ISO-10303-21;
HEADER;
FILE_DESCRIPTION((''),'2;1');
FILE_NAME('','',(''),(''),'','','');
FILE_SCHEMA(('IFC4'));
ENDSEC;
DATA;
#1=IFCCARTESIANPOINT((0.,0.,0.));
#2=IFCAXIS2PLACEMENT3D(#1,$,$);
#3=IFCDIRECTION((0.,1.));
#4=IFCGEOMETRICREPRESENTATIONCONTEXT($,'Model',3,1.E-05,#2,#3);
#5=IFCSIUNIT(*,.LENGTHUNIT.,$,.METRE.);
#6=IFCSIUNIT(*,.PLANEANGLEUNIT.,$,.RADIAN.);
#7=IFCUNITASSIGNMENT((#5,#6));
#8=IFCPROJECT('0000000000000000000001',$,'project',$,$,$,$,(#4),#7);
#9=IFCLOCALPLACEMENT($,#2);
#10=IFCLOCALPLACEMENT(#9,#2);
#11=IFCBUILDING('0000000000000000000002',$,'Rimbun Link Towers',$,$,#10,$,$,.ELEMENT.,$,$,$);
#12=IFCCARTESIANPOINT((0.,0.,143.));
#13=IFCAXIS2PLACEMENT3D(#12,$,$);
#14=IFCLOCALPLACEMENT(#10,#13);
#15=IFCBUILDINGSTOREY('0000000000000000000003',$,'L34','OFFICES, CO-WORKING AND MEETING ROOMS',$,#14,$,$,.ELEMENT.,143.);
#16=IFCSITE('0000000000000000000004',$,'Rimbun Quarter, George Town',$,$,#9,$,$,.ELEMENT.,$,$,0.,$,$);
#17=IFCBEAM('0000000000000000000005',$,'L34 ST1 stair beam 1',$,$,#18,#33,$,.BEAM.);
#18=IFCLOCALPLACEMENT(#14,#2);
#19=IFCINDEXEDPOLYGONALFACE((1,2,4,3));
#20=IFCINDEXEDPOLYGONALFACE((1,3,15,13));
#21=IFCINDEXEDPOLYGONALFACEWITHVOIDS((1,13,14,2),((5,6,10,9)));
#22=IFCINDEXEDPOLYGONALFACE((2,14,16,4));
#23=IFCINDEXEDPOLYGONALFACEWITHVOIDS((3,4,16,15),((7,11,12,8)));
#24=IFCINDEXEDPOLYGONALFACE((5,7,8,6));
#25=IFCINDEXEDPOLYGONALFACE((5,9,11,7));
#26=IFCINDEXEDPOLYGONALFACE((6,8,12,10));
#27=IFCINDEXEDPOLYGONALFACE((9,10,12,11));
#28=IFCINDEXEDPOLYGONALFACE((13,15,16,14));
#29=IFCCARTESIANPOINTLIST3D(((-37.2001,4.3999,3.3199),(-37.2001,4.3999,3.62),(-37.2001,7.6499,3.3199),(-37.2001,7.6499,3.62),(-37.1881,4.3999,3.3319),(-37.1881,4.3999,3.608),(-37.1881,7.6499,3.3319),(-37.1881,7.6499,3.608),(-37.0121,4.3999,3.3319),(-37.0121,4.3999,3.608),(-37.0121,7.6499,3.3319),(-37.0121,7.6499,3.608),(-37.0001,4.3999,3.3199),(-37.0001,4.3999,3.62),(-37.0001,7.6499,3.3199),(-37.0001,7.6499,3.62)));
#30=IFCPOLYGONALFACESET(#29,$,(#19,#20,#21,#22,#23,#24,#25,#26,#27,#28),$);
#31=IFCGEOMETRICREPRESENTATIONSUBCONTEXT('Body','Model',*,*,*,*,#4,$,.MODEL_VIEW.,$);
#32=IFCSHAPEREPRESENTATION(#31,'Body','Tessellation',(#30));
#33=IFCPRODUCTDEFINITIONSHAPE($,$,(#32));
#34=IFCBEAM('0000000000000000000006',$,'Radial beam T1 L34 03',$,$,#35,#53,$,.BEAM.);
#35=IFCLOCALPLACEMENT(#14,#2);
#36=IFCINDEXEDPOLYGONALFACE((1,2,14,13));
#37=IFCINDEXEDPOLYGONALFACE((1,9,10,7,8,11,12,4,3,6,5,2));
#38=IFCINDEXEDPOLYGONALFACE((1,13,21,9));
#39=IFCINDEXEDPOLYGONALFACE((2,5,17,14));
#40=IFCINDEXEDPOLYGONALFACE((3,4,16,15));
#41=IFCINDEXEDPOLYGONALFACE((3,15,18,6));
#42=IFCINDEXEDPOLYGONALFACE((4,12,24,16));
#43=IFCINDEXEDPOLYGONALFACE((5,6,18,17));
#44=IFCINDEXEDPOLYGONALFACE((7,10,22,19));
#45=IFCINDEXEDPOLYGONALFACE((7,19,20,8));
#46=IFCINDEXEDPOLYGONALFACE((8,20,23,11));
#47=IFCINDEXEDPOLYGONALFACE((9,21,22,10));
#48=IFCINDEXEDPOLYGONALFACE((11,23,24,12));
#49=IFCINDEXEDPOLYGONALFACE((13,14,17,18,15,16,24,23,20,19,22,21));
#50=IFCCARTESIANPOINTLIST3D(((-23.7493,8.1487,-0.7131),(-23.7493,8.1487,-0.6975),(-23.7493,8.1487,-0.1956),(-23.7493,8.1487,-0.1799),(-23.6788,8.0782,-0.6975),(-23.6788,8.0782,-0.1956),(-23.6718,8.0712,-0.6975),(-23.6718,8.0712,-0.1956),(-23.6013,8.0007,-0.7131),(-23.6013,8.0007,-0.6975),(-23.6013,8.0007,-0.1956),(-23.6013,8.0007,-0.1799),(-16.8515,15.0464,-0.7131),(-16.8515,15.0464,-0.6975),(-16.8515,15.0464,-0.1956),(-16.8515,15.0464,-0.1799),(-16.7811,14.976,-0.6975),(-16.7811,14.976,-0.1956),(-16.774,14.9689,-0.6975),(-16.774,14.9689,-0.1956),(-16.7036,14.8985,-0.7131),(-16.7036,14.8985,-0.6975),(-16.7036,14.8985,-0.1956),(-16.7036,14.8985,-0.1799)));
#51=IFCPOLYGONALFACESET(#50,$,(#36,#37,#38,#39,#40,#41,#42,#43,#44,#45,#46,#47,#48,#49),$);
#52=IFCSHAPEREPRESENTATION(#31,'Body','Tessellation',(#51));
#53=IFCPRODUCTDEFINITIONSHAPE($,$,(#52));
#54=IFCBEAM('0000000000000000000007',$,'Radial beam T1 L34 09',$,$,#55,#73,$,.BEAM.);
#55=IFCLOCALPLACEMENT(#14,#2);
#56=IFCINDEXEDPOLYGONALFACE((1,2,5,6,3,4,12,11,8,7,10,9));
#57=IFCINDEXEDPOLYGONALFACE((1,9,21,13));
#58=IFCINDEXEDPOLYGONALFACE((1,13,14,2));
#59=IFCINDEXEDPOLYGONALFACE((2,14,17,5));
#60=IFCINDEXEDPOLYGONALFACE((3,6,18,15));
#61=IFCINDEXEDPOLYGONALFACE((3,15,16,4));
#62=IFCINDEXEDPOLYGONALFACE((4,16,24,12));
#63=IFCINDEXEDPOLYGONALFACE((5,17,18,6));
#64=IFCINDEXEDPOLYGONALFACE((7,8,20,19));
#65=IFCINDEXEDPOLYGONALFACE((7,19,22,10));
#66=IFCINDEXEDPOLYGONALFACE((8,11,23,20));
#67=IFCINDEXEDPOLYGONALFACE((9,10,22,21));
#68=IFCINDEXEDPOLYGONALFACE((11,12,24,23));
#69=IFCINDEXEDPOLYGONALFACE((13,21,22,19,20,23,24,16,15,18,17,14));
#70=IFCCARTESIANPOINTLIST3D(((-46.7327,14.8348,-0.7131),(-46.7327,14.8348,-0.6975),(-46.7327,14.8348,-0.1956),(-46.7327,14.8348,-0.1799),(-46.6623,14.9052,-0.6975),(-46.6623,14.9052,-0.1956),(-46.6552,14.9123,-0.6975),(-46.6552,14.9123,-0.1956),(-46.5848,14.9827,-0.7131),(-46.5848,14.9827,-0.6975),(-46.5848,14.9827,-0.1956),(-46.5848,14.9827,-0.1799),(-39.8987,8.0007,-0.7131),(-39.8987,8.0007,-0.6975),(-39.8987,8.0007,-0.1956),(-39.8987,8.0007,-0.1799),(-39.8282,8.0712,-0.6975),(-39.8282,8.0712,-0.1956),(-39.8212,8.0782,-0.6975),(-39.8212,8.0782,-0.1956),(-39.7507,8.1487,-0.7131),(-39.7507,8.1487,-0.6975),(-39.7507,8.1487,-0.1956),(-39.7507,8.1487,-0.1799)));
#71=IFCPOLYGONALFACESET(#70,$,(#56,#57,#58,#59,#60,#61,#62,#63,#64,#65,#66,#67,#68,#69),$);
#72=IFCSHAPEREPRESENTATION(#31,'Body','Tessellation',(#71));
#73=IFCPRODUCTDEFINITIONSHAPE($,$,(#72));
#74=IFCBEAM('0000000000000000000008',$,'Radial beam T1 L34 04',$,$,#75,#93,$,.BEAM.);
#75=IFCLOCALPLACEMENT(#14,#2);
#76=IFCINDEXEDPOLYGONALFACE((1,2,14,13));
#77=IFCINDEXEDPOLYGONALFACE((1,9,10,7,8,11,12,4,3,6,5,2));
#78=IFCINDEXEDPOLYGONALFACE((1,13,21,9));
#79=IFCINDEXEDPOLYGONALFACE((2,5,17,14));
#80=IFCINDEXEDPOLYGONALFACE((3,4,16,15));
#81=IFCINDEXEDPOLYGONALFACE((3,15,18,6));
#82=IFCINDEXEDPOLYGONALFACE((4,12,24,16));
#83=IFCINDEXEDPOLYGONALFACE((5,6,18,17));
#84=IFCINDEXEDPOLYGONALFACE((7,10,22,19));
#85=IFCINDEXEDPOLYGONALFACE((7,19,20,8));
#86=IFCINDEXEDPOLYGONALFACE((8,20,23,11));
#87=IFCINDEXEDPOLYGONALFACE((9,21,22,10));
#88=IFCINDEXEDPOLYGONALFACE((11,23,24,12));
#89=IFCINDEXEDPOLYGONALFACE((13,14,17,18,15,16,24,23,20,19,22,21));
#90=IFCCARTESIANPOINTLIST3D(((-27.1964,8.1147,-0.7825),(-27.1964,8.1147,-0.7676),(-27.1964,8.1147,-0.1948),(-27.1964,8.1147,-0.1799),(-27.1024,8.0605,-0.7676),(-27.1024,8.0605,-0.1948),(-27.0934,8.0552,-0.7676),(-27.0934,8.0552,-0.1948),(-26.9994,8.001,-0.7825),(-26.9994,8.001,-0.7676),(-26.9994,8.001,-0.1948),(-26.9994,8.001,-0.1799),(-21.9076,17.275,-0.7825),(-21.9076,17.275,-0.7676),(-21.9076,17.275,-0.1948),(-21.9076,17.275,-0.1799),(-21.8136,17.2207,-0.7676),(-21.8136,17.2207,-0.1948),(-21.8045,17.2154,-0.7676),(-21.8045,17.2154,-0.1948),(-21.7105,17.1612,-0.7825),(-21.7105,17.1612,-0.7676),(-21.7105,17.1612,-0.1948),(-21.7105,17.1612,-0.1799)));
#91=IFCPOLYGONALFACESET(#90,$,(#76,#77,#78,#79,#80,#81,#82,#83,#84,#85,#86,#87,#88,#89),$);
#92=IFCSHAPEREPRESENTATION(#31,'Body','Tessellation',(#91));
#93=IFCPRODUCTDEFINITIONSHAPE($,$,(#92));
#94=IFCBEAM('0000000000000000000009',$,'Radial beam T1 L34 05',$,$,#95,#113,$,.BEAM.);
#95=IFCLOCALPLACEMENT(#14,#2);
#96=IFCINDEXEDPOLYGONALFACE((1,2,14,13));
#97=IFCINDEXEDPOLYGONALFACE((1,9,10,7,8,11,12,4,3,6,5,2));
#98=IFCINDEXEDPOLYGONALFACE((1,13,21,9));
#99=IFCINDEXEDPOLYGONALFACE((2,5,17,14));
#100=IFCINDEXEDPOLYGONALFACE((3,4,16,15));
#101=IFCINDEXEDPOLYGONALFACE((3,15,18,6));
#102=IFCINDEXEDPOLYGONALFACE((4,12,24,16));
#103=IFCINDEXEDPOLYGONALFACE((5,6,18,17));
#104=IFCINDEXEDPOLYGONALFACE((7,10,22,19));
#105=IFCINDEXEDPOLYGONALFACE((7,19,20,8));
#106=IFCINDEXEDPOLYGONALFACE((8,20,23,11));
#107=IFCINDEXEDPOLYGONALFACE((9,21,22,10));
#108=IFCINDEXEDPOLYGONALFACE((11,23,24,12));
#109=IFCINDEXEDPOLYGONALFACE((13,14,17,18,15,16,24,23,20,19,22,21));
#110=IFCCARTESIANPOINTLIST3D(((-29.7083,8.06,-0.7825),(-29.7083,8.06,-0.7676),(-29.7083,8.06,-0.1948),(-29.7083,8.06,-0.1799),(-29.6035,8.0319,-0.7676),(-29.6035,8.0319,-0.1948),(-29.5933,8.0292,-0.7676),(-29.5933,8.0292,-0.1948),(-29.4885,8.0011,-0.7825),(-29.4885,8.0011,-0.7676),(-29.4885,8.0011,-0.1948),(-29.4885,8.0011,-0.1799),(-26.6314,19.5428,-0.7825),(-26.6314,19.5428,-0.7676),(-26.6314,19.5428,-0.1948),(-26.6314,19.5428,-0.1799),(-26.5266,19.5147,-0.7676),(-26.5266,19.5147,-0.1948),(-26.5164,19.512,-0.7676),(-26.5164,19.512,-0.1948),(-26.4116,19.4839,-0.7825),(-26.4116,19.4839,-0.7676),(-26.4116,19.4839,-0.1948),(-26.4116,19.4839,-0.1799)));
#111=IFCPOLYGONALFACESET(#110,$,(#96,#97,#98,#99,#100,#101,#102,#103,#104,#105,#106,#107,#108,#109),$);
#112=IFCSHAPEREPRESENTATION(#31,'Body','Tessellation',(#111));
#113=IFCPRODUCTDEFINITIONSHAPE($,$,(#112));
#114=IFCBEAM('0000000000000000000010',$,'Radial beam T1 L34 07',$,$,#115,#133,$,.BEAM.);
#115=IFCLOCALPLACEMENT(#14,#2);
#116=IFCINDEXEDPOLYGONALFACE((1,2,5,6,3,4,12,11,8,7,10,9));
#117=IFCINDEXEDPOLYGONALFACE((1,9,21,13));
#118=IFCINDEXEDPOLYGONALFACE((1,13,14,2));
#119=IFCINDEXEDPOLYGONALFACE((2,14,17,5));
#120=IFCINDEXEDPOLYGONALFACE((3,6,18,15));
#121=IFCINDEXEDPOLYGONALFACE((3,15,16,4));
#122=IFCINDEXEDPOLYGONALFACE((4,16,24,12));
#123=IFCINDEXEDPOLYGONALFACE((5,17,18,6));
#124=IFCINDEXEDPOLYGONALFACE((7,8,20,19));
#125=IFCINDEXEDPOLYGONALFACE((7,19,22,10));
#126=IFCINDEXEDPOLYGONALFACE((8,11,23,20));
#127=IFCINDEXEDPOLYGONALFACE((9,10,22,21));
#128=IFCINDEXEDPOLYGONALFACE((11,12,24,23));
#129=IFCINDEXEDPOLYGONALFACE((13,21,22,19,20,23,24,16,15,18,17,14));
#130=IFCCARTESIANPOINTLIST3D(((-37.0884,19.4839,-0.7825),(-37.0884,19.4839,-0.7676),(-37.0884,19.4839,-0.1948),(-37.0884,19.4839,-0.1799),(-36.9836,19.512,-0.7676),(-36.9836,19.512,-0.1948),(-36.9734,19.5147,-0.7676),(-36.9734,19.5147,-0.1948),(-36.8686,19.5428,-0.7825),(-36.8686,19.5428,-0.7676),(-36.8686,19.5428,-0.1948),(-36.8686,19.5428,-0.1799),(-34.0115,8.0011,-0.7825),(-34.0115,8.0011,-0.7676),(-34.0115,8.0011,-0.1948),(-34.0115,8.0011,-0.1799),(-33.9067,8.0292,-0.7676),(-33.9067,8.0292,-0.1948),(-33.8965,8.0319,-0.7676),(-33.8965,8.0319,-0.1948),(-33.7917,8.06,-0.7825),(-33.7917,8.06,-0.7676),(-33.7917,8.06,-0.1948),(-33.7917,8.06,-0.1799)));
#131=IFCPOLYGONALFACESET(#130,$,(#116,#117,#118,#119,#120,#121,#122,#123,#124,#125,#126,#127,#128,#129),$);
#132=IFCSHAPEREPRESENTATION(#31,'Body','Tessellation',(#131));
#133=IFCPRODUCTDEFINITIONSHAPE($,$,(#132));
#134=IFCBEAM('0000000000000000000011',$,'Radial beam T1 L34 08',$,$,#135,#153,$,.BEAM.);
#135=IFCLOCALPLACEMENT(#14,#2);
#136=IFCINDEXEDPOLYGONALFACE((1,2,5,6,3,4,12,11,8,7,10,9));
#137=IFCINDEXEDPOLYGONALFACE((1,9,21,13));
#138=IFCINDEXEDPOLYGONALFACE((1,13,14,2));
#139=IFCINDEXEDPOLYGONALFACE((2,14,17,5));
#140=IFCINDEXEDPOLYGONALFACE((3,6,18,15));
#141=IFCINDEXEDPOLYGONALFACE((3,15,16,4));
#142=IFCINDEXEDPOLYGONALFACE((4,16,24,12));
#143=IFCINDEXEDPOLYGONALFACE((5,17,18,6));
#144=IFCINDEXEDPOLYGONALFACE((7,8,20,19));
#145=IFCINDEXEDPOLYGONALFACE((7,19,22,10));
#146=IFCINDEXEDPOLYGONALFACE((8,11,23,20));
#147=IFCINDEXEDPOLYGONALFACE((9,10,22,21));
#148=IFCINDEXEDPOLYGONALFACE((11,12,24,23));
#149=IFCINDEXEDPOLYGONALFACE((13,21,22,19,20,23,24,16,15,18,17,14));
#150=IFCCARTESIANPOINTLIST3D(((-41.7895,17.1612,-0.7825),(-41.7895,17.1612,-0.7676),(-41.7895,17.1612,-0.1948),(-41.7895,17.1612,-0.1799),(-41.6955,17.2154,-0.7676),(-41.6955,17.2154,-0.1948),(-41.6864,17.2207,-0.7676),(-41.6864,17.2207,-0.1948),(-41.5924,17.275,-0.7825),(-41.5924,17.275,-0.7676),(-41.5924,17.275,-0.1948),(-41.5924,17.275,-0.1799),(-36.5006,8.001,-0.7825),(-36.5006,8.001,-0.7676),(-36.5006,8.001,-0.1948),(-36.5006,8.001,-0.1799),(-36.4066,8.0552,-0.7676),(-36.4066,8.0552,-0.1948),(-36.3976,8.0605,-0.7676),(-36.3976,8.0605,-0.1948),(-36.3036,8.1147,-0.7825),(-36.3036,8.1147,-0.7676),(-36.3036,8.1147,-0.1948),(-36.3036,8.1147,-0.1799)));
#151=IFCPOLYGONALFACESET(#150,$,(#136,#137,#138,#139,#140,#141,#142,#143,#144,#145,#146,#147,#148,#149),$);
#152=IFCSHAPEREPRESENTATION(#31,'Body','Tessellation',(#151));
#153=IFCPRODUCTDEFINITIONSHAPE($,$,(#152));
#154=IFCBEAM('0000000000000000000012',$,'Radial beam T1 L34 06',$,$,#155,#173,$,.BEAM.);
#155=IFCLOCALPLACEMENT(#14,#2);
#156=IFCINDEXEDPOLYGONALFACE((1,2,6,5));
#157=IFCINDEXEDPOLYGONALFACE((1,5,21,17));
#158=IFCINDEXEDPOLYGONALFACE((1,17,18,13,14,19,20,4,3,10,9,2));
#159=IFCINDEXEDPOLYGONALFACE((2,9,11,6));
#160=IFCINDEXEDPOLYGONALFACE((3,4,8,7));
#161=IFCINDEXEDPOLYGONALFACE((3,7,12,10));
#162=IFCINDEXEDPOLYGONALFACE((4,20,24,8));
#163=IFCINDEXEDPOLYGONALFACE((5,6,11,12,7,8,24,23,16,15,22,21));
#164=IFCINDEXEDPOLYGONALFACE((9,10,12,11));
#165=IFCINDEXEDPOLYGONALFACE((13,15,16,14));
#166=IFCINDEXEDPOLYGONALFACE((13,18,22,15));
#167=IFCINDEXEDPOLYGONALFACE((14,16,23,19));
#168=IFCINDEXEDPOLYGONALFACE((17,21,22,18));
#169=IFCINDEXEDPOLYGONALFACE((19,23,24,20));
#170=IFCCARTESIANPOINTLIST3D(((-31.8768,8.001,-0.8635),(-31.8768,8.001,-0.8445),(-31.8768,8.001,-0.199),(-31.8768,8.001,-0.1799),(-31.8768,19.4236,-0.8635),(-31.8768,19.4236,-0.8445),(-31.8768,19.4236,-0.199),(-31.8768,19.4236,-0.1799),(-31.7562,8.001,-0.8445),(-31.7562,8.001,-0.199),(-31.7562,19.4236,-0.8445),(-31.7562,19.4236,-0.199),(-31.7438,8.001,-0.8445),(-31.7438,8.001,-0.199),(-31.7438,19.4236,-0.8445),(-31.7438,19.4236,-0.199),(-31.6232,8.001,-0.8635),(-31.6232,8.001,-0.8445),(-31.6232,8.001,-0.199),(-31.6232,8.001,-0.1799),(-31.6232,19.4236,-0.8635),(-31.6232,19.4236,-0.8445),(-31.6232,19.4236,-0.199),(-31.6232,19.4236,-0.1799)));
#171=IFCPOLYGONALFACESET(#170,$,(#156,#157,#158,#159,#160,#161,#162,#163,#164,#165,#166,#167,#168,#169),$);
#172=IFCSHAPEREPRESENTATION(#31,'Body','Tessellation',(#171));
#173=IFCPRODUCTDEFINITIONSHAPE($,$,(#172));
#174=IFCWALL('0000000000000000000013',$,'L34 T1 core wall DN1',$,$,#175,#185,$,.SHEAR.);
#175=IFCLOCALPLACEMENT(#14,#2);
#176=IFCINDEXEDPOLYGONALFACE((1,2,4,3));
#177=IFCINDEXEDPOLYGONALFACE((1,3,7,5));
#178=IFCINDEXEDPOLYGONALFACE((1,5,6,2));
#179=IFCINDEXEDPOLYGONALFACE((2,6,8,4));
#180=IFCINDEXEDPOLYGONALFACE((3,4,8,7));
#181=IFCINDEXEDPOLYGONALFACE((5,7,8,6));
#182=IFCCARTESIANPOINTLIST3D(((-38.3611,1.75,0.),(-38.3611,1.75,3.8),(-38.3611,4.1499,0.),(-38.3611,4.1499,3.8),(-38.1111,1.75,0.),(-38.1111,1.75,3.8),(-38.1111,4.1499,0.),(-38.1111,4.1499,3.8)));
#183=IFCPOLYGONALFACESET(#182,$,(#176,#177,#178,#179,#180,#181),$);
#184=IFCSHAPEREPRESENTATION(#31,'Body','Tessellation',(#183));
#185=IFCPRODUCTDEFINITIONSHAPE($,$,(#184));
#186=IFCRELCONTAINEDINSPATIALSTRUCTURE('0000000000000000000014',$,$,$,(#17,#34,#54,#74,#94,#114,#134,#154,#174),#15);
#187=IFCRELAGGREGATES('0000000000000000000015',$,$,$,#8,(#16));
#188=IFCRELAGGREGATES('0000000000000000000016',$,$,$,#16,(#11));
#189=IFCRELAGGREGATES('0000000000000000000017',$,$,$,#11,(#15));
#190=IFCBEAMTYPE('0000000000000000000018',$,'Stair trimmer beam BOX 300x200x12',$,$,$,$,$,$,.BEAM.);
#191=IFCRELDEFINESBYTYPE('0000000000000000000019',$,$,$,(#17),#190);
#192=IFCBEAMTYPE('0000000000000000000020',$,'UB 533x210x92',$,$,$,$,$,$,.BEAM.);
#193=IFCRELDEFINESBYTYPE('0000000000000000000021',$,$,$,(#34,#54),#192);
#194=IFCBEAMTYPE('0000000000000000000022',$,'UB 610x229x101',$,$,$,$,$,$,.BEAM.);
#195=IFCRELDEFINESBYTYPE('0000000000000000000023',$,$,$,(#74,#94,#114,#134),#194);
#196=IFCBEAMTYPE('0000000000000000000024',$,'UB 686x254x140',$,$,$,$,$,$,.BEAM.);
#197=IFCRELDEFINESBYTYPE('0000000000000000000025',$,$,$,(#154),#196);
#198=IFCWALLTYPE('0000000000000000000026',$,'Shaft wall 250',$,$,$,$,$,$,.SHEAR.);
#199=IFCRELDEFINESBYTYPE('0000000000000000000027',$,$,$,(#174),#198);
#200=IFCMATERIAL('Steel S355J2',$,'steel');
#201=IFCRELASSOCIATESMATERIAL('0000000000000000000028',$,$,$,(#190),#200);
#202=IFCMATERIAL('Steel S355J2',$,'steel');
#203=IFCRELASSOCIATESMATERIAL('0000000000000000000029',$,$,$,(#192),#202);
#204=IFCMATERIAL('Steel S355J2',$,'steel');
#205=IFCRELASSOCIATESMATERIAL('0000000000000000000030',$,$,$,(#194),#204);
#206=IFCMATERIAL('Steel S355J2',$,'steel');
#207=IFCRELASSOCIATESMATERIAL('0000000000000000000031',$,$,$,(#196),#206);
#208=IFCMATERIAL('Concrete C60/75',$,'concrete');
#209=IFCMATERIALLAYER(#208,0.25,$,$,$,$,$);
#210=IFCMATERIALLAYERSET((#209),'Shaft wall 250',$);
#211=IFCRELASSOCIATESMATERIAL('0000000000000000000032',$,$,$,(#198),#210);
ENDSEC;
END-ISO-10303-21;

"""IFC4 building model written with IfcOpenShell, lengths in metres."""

from ifc_helpers import new_model, si_unit, direction, frame, frame_2d, origin, origin_2d, place, context, subcontext, project, spatial, rectangle, hollow_rectangle, i_section, extrude, material, layer, layer_set, material_profile, profile_set, type_object, element, save


model = new_model("IFC4")

# Units and contexts
model_context = context("Model", 3, precision=1e-05, world=origin(), true_north=direction((0.0, 1.0)))
body_context = subcontext(model_context, "Body", "Model", "MODEL_VIEW")
ifc_project = project(units=[si_unit("LENGTHUNIT", "METRE"), si_unit("PLANEANGLEUNIT", "RADIAN")], contexts=[model_context])

# Site, building, storey
site_placement = place(None, origin())
site = spatial("IfcSite", under=ifc_project, at=site_placement, Name="Rimbun Quarter, George Town", CompositionType="ELEMENT", RefElevation=0.0)
building_placement = place(site_placement, origin())
building = spatial("IfcBuilding", under=site, at=building_placement, Name="Rimbun Link Towers", CompositionType="ELEMENT")
storey_placement = place(building_placement, frame((0.0, 0.0, 143.0)))
storey = spatial("IfcBuildingStorey", under=building, at=storey_placement, Name="L34", Description="OFFICES, CO-WORKING AND MEETING ROOMS", CompositionType="ELEMENT", Elevation=143.0)

# Beams
ifc_material_1 = material(Name="Steel S355J2", Category="steel")
ifc_material_profile_1 = material_profile(ifc_material_1, hollow_rectangle(XDim=0.2, YDim=0.3, WallThickness=0.012, at=origin_2d()), Name="BOX 300x200x12")
ifc_profile_set_1 = profile_set([ifc_material_profile_1], Name="Steel S355J2")
beam_type_1 = type_object("IfcBeamType", Name="Stair trimmer beam BOX 300x200x12", PredefinedType="BEAM", material=ifc_profile_set_1)
beam_1_placement = place(storey_placement, frame((-37.1001, 7.6499, 3.47), z_axis=(0.0, -1.0, 0.0), x_axis=(1.0, 0.0, 0.0)))
element("IfcBeam", 1, at=beam_1_placement, inside=storey, type_object=beam_type_1, Name="L34 ST1 stair beam 1", PredefinedType="BEAM", context=body_context, shape_type="SweptSolid", body=[
    extrude(hollow_rectangle(XDim=0.2, YDim=0.3, WallThickness=0.012, at=origin_2d()), origin(), (0.0, 0.0, 1.0), 3.25),
])
ifc_material_2 = material(Name="Steel S355J2", Category="steel")
ifc_material_profile_2 = material_profile(ifc_material_2, i_section(OverallWidth=0.2092, OverallDepth=0.5332, WebThickness=0.01, FlangeThickness=0.0156, at=origin_2d()), Name="UB 533x210x92")
ifc_profile_set_2 = profile_set([ifc_material_profile_2], Name="Steel S355J2")
beam_type_2 = type_object("IfcBeamType", Name="UB 533x210x92", PredefinedType="BEAM", material=ifc_profile_set_2)
beam_2_placement = place(storey_placement, frame((-23.6753, 8.0747, -0.4465), z_axis=(0.707107, 0.707107, 0.0), x_axis=(-0.707107, 0.707107, 0.0)))
element("IfcBeam", 2, at=beam_2_placement, inside=storey, type_object=beam_type_2, Name="Radial beam T1 L34 03", PredefinedType="BEAM", context=body_context, shape_type="SweptSolid", body=[
    extrude(i_section(OverallWidth=0.2092, OverallDepth=0.5332, WebThickness=0.01, FlangeThickness=0.0156, at=origin_2d()), origin(), (0.0, 0.0, 1.0), 9.7549),
])
beam_3_placement = place(storey_placement, frame((-39.8247, 8.0747, -0.4465), z_axis=(-0.707107, 0.707107, 0.0), x_axis=(-0.707107, -0.707107, 0.0)))
element("IfcBeam", 3, at=beam_3_placement, inside=storey, type_object=beam_type_2, Name="Radial beam T1 L34 09", PredefinedType="BEAM", context=body_context, shape_type="SweptSolid", body=[
    extrude(i_section(OverallWidth=0.2092, OverallDepth=0.5332, WebThickness=0.01, FlangeThickness=0.0156, at=origin_2d()), origin(), (0.0, 0.0, 1.0), 9.6648),
])
ifc_material_3 = material(Name="Steel S355J2", Category="steel")
ifc_material_profile_3 = material_profile(ifc_material_3, i_section(OverallWidth=0.2275, OverallDepth=0.6025, WebThickness=0.0105, FlangeThickness=0.0149, at=origin_2d()), Name="UB 610x229x101")
ifc_profile_set_3 = profile_set([ifc_material_profile_3], Name="Steel S355J2")
beam_type_3 = type_object("IfcBeamType", Name="UB 610x229x101", PredefinedType="BEAM", material=ifc_profile_set_3)
beam_4_placement = place(storey_placement, frame((-27.0979, 8.0579, -0.4812), z_axis=(0.500014, 0.866017, 0.0), x_axis=(-0.866017, 0.500014, 0.0)))
element("IfcBeam", 4, at=beam_4_placement, inside=storey, type_object=beam_type_3, Name="Radial beam T1 L34 04", PredefinedType="BEAM", context=body_context, shape_type="SweptSolid", body=[
    extrude(i_section(OverallWidth=0.2275, OverallDepth=0.6025, WebThickness=0.0105, FlangeThickness=0.0149, at=origin_2d()), origin(), (0.0, 0.0, 1.0), 10.5774),
])
for number, where, z_axis, x_axis, name in (
    (5, (-29.5984, 8.0305, -0.4812), (0.258824, 0.965924, 0.0), (-0.965924, 0.258824, 0.0), "Radial beam T1 L34 05"),
    (6, (-33.9016, 8.0305, -0.4812), (-0.258824, 0.965924, 0.0), (-0.965924, -0.258824, 0.0), "Radial beam T1 L34 07"),
):
    element("IfcBeam", number, at=place(storey_placement, frame(where, z_axis=z_axis, x_axis=x_axis)), inside=storey, type_object=beam_type_3, Name=name, PredefinedType="BEAM", context=body_context, shape_type="SweptSolid", body=[
        extrude(i_section(OverallWidth=0.2275, OverallDepth=0.6025, WebThickness=0.0105, FlangeThickness=0.0149, at=origin_2d()), origin(), (0.0, 0.0, 1.0), 11.8879),
    ])
beam_5_placement = place(storey_placement, frame((-36.4021, 8.0579, -0.4812), z_axis=(-0.500014, 0.866017, 0.0), x_axis=(-0.866017, -0.500014, 0.0)))
element("IfcBeam", 7, at=beam_5_placement, inside=storey, type_object=beam_type_3, Name="Radial beam T1 L34 08", PredefinedType="BEAM", context=body_context, shape_type="SweptSolid", body=[
    extrude(i_section(OverallWidth=0.2275, OverallDepth=0.6025, WebThickness=0.0105, FlangeThickness=0.0149, at=origin_2d()), origin(), (0.0, 0.0, 1.0), 10.5774),
])
ifc_material_4 = material(Name="Steel S355J2", Category="steel")
ifc_material_profile_4 = material_profile(ifc_material_4, i_section(OverallWidth=0.2537, OverallDepth=0.6836, WebThickness=0.0125, FlangeThickness=0.019, at=origin_2d()), Name="UB 686x254x140")
ifc_profile_set_4 = profile_set([ifc_material_profile_4], Name="Steel S355J2")
beam_type_4 = type_object("IfcBeamType", Name="UB 686x254x140", PredefinedType="BEAM", material=ifc_profile_set_4)
beam_6_placement = place(storey_placement, frame((-31.75, 8.001, -0.5217), z_axis=(0.0, 1.0, 0.0), x_axis=(-1.0, 0.0, 0.0)))
element("IfcBeam", 8, at=beam_6_placement, inside=storey, type_object=beam_type_4, Name="Radial beam T1 L34 06", PredefinedType="BEAM", context=body_context, shape_type="SweptSolid", body=[
    extrude(i_section(OverallWidth=0.2537, OverallDepth=0.6836, WebThickness=0.0125, FlangeThickness=0.019, at=origin_2d()), origin(), (0.0, 0.0, 1.0), 11.4226),
])

# Wall
ifc_material_5 = material(Name="Concrete C60/75", Category="concrete")
ifc_layer = layer(ifc_material_5, 0.25)
ifc_layer_set = layer_set([ifc_layer], Name="Shaft wall 250")
wall_type = type_object("IfcWallType", Name="Shaft wall 250", PredefinedType="SHEAR", material=ifc_layer_set)
for number, where, z_axis, x_axis, name in (
    (9, (-38.2361, 1.75, 0.0), (0.0, 0.0, 1.0), (0.0, 1.0, 0.0), "L34 T1 core wall DN1"),
):
    element("IfcWall", number, at=place(storey_placement, frame(where, z_axis=z_axis, x_axis=x_axis)), inside=storey, type_object=wall_type, Name=name, PredefinedType="SHEAR", context=body_context, shape_type="SweptSolid", body=[
        extrude(rectangle(XDim=2.3999, YDim=0.25, at=frame_2d((1.2, 0.0))), origin(), (0.0, 0.0, 1.0), 3.8),
    ])

save(model, "model.ifc")
